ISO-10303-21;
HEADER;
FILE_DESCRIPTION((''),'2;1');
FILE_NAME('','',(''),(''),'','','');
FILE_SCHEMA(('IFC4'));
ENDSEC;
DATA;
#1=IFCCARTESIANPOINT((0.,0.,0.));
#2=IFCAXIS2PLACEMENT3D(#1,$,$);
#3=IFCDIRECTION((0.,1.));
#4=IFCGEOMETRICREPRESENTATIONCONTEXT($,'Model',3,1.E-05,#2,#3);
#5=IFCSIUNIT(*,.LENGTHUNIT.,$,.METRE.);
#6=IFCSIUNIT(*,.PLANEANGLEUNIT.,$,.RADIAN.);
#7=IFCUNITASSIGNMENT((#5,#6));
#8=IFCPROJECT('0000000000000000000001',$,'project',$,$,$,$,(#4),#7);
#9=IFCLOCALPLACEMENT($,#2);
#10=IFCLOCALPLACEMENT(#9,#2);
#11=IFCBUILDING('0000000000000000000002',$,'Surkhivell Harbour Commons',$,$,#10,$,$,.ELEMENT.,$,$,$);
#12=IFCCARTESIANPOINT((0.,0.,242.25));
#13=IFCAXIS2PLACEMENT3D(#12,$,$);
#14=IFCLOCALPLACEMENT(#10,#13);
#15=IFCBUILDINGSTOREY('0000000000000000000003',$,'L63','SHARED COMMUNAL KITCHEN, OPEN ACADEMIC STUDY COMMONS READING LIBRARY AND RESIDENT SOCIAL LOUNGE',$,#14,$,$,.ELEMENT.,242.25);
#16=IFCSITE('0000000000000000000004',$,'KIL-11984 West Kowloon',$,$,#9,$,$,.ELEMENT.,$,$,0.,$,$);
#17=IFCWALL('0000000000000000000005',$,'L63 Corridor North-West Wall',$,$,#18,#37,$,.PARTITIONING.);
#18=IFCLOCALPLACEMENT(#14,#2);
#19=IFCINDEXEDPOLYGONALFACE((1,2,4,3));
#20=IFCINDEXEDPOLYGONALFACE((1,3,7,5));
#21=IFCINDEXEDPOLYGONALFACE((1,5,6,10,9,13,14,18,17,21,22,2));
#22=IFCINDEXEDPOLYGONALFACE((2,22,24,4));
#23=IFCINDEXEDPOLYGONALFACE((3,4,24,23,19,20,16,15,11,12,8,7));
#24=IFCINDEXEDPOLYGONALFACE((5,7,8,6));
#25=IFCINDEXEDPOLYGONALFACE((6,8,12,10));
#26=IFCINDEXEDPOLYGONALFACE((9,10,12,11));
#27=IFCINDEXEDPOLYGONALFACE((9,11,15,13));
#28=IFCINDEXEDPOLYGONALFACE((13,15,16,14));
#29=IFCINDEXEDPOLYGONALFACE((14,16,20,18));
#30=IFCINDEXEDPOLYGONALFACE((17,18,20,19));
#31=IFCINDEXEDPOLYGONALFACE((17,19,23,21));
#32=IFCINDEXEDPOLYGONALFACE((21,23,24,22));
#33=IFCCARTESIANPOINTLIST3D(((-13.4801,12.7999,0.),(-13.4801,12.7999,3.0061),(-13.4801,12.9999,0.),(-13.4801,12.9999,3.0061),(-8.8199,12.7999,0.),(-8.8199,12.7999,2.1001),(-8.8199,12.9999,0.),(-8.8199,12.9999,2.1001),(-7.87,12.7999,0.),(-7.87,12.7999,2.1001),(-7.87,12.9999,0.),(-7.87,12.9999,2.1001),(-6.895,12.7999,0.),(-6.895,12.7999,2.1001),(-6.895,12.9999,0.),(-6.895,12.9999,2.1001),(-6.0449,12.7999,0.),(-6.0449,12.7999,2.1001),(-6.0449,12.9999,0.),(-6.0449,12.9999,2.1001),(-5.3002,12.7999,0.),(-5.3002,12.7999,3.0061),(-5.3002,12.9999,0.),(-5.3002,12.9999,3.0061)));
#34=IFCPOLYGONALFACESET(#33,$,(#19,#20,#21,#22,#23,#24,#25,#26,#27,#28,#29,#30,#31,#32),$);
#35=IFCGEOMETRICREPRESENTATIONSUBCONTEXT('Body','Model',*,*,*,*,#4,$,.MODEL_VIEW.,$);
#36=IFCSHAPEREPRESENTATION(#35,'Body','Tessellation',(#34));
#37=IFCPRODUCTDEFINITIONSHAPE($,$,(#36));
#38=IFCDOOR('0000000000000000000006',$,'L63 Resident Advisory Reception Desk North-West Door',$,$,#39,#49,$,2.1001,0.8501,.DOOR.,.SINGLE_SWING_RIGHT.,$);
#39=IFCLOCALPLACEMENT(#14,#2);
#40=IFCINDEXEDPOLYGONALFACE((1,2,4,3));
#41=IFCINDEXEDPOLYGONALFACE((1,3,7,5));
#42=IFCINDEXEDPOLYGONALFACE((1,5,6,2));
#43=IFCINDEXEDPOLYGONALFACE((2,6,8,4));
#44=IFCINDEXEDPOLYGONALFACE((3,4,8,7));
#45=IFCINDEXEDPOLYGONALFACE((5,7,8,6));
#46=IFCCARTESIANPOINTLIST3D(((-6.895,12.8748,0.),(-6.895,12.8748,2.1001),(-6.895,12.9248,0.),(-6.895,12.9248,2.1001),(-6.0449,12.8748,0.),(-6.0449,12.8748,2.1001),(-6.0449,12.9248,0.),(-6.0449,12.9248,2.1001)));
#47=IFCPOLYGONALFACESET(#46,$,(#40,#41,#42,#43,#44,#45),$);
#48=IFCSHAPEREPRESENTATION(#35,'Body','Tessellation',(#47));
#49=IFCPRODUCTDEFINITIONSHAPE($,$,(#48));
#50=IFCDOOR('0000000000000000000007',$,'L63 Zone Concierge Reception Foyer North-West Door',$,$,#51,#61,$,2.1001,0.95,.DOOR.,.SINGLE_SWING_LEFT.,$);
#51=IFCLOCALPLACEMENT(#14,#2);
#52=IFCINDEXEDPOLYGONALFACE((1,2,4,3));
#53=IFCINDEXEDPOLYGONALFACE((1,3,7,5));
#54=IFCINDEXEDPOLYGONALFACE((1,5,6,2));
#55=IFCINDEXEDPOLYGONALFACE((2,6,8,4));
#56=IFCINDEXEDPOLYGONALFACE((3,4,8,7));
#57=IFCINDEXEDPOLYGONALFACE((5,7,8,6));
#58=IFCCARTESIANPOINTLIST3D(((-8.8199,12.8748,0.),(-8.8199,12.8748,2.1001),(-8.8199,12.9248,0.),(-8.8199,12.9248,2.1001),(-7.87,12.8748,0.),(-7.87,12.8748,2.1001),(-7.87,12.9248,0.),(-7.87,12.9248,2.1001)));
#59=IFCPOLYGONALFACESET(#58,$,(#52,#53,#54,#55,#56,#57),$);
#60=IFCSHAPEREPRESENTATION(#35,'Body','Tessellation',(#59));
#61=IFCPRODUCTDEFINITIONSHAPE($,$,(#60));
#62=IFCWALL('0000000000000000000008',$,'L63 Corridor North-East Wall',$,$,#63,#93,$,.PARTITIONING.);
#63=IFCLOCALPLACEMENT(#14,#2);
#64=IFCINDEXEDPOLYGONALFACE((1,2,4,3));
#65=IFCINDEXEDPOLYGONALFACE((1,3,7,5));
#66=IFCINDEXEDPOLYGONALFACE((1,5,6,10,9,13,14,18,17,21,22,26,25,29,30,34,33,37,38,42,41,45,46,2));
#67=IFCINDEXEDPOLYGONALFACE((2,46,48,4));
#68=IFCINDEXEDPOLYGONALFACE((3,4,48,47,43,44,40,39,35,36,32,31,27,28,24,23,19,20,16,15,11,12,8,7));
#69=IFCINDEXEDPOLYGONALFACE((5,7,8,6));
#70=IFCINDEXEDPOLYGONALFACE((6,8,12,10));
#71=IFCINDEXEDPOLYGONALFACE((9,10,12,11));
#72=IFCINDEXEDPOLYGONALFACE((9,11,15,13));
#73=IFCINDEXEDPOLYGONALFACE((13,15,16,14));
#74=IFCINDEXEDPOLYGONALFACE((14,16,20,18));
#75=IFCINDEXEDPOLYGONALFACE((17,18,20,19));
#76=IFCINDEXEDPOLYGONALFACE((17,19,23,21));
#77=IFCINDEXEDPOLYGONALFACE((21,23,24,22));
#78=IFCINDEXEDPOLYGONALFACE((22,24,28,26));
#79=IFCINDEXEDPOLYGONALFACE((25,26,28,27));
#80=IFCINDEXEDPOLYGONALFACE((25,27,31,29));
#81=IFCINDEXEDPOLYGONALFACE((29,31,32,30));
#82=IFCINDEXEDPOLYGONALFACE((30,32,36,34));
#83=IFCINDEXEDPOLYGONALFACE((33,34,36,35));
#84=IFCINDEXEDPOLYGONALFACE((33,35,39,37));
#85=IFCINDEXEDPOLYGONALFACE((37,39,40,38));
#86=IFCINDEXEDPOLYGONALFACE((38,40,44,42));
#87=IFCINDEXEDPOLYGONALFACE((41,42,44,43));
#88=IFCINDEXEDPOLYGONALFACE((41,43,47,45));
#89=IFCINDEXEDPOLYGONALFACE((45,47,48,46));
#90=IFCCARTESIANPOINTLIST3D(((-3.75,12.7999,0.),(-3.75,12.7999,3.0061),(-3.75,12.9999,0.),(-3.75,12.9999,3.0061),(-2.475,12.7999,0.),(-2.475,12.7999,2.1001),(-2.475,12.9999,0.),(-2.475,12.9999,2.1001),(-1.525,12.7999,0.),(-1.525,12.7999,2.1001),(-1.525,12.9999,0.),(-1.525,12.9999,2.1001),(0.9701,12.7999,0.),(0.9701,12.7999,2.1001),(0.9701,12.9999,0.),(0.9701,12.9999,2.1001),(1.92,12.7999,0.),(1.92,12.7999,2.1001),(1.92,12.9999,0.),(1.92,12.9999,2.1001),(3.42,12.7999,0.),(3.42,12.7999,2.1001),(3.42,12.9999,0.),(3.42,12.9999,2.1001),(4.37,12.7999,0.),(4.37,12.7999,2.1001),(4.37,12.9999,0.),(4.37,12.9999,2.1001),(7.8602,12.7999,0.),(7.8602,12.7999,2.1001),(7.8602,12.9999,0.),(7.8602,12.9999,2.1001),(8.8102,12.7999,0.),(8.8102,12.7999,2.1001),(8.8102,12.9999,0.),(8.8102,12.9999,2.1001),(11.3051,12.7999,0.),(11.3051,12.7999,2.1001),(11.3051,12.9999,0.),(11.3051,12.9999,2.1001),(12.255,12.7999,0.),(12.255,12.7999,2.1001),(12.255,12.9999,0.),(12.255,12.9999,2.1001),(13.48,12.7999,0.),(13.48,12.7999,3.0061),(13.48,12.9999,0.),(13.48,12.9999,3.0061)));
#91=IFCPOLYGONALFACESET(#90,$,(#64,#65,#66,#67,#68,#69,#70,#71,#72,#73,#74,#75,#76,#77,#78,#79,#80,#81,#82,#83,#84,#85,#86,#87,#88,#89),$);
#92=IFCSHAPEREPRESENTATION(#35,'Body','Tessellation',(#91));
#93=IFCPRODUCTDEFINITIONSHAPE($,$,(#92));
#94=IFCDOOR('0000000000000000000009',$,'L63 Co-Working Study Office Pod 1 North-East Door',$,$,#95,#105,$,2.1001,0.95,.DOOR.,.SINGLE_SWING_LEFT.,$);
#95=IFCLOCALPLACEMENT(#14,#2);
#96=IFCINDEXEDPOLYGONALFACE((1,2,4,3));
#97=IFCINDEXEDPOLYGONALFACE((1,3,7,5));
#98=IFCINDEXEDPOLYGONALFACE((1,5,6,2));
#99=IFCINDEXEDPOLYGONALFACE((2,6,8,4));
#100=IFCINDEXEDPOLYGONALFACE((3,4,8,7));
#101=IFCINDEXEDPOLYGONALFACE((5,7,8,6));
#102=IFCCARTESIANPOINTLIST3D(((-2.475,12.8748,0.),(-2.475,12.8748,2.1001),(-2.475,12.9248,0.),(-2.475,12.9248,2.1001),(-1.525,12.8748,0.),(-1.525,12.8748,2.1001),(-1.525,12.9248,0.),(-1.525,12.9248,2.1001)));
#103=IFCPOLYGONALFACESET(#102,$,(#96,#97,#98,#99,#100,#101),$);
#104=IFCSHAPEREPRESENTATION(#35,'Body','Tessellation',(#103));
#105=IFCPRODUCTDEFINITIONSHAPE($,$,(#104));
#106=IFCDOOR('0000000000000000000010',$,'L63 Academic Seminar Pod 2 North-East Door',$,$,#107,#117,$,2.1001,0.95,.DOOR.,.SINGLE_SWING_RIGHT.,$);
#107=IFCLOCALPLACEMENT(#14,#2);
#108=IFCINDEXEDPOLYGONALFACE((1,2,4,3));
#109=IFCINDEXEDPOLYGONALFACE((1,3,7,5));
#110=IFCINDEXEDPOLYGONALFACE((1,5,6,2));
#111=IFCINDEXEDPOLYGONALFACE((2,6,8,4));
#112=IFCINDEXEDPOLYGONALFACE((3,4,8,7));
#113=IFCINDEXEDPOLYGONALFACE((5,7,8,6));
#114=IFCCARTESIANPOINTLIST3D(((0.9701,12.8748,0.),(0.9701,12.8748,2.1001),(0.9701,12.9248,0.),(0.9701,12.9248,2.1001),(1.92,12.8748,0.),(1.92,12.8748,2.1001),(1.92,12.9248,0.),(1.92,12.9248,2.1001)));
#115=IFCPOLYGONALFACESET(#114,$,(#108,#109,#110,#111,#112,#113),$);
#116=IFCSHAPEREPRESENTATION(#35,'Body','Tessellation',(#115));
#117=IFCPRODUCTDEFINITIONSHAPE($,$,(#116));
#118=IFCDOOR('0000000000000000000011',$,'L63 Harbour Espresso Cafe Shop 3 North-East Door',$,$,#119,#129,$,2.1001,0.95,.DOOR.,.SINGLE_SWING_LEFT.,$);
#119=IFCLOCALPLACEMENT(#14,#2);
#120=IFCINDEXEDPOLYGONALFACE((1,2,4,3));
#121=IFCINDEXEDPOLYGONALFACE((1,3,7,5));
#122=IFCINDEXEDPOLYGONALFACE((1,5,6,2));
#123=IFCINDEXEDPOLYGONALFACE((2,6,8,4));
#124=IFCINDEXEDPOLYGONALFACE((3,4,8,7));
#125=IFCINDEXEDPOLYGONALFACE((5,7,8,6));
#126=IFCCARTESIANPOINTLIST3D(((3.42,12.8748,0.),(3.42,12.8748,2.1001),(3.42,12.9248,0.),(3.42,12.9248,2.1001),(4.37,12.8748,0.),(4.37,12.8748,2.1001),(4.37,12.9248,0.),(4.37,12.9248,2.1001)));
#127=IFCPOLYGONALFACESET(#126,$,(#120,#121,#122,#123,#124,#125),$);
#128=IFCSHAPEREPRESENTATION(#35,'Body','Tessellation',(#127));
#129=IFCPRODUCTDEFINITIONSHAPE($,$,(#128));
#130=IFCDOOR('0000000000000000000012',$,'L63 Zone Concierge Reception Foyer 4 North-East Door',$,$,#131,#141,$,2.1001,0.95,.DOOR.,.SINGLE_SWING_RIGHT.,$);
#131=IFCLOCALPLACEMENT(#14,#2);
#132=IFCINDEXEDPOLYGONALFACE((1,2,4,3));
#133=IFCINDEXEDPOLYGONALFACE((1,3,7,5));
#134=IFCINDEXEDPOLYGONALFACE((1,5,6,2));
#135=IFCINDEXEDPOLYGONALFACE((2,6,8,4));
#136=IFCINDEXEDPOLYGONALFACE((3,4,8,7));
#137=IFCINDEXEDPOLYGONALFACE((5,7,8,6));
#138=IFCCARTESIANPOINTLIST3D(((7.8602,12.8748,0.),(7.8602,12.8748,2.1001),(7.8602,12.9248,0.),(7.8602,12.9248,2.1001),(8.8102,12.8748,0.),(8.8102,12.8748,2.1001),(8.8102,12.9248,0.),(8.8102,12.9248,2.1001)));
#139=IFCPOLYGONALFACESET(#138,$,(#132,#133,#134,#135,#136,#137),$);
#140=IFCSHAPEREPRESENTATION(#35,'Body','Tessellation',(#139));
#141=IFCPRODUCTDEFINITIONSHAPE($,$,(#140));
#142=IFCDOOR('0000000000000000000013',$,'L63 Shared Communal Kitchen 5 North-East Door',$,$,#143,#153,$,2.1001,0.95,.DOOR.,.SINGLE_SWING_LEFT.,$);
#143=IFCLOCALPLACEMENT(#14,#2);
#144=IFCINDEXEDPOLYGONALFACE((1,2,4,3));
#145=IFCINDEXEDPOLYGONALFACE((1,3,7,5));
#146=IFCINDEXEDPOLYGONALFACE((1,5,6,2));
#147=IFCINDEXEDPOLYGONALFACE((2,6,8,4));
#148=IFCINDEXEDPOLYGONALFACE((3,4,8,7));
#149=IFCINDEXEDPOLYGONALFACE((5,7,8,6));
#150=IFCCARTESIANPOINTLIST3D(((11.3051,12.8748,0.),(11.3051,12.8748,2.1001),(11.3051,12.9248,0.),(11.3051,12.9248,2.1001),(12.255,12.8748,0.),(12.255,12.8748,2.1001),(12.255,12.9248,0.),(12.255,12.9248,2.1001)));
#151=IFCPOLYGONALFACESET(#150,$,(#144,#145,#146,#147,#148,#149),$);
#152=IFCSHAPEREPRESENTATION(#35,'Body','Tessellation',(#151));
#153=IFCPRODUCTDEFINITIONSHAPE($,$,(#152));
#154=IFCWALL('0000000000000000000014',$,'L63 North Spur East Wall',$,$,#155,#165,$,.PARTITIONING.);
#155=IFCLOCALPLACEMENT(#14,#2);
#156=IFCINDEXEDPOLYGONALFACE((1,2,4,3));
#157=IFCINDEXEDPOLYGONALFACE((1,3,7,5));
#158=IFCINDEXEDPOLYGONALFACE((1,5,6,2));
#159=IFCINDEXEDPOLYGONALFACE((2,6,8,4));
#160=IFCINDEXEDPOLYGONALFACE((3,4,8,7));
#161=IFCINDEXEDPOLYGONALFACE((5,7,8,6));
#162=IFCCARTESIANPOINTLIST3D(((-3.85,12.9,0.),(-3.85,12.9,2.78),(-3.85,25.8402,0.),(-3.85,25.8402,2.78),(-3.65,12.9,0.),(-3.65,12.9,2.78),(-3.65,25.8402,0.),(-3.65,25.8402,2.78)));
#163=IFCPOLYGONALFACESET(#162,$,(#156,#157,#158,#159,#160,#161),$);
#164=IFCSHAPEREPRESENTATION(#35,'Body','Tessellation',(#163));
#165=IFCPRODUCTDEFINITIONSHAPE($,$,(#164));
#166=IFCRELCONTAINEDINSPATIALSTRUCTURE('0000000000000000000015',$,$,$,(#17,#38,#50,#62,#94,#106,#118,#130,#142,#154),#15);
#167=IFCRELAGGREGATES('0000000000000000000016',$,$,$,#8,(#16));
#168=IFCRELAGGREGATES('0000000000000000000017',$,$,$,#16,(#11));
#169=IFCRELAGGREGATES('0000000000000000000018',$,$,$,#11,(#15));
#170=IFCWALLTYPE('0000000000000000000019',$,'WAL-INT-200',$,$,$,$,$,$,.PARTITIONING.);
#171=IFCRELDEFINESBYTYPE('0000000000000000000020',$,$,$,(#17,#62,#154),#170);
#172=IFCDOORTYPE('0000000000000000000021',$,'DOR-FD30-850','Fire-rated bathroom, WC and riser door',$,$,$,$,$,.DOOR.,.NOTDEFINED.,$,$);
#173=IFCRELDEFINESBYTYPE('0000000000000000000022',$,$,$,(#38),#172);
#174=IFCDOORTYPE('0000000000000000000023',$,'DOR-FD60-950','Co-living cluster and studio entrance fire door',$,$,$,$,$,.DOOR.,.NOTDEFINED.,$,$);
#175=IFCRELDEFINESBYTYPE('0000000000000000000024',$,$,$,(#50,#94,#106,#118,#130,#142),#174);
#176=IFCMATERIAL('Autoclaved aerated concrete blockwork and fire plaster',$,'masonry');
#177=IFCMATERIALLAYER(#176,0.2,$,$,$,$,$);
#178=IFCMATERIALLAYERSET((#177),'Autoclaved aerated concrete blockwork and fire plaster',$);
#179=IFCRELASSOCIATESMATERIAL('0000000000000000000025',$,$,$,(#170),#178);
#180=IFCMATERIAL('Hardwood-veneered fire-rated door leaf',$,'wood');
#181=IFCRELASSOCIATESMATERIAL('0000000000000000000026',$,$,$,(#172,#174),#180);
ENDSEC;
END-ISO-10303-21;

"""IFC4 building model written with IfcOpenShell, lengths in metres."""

from ifc_helpers import new_model, si_unit, direction, frame, frame_2d, origin, place, context, subcontext, project, spatial, rectangle, extrude, material, layer, layer_set, type_object, element, fill, save


model = new_model("IFC4")

# Units and contexts
model_context = context("Model", 3, precision=1e-05, world=origin(), true_north=direction((0.0, 1.0)))
body_context = subcontext(model_context, "Body", "Model", "MODEL_VIEW")
ifc_project = project(units=[si_unit("LENGTHUNIT", "METRE"), si_unit("PLANEANGLEUNIT", "RADIAN")], contexts=[model_context])

# Site, building, storey
site_placement = place(None, origin())
site = spatial("IfcSite", under=ifc_project, at=site_placement, Name="KIL-11984 West Kowloon", CompositionType="ELEMENT", RefElevation=0.0)
building_placement = place(site_placement, origin())
building = spatial("IfcBuilding", under=site, at=building_placement, Name="Surkhivell Harbour Commons", CompositionType="ELEMENT")
storey_placement = place(building_placement, frame((0.0, 0.0, 242.25)))
storey = spatial("IfcBuildingStorey", under=building, at=storey_placement, Name="L63", Description="SHARED COMMUNAL KITCHEN, OPEN ACADEMIC STUDY COMMONS READING LIBRARY AND RESIDENT SOCIAL LOUNGE", CompositionType="ELEMENT", Elevation=242.25)

# Shared definitions
ifc_material_1 = material(Name="Hardwood-veneered fire-rated door leaf", Category="wood")

# Walls, openings, doors
ifc_material_2 = material(Name="Autoclaved aerated concrete blockwork and fire plaster", Category="masonry")
ifc_layer_1 = layer(ifc_material_2, 0.2)
ifc_layer_set_1 = layer_set([ifc_layer_1], Name="Autoclaved aerated concrete blockwork and fire plaster")
wall_type_1 = type_object("IfcWallType", Name="WAL-INT-200", PredefinedType="PARTITIONING", material=ifc_layer_set_1)
wall_1_placement = place(storey_placement, frame((-13.48, 12.8999, 0.0), z_axis=(0.0, 0.0, 1.0), x_axis=(1.0, 0.0, 0.0)))
wall_1 = element("IfcWall", 1, at=wall_1_placement, inside=storey, type_object=wall_type_1, Name="L63 Corridor North-West Wall", PredefinedType="PARTITIONING", context=body_context, shape_type="SweptSolid", body=[
    extrude(rectangle(XDim=8.1799, YDim=0.2, at=frame_2d((4.0898, 0.0))), origin(), (0.0, 0.0, 1.0), 3.0061),
])
opening_1_placement = place(wall_1_placement, frame((4.6599, 0.0, 0.0)))
opening_1 = element("IfcOpeningElement", 2, at=opening_1_placement, cuts=wall_1, PredefinedType="OPENING", context=body_context, shape_type="SweptSolid", body=[
    extrude(rectangle(XDim=0.95, YDim=2.1001, at=frame_2d((0.4751, 1.05))), frame((0.0, 0.1099, 0.0), z_axis=(0.0, -1.0, 0.0), x_axis=(1.0, 0.0, 0.0)), (0.0, 0.0, 1.0), 0.22),
])
opening_2_placement = place(wall_1_placement, frame((6.585, 0.0, 0.0)))
opening_2 = element("IfcOpeningElement", 3, at=opening_2_placement, cuts=wall_1, PredefinedType="OPENING", context=body_context, shape_type="SweptSolid", body=[
    extrude(rectangle(XDim=0.8501, YDim=2.1001, at=frame_2d((0.425, 1.05))), frame((0.0, 0.1099, 0.0), z_axis=(0.0, -1.0, 0.0), x_axis=(1.0, 0.0, 0.0)), (0.0, 0.0, 1.0), 0.22),
])
door_type_1 = type_object("IfcDoorType", Name="DOR-FD30-850", Description="Fire-rated bathroom, WC and riser door", OperationType="NOTDEFINED", PredefinedType="DOOR", material=ifc_material_1)
door_1_placement = place(opening_2_placement, origin())
door_1 = element("IfcDoor", 4, at=door_1_placement, inside=storey, type_object=door_type_1, Name="L63 Resident Advisory Reception Desk North-West Door", OperationType="SINGLE_SWING_RIGHT", OverallHeight=2.1001, OverallWidth=0.8501, PredefinedType="DOOR", context=body_context, shape_type="SweptSolid", body=[
    extrude(rectangle(XDim=0.8501, YDim=2.1001, at=frame_2d((0.425, 1.05))), frame((0.0, 0.0249, 0.0), z_axis=(0.0, -1.0, 0.0), x_axis=(1.0, 0.0, 0.0)), (0.0, 0.0, 1.0), 0.05),
])
fill(opening_2, door_1)
door_type_2 = type_object("IfcDoorType", Name="DOR-FD60-950", Description="Co-living cluster and studio entrance fire door", OperationType="NOTDEFINED", PredefinedType="DOOR", material=ifc_material_1)
door_2_placement = place(opening_1_placement, origin())
door_2 = element("IfcDoor", 5, at=door_2_placement, inside=storey, type_object=door_type_2, Name="L63 Zone Concierge Reception Foyer North-West Door", OperationType="SINGLE_SWING_LEFT", OverallHeight=2.1001, OverallWidth=0.95, PredefinedType="DOOR", context=body_context, shape_type="SweptSolid", body=[
    extrude(rectangle(XDim=0.95, YDim=2.1001, at=frame_2d((0.4751, 1.05))), frame((0.0, 0.0249, 0.0), z_axis=(0.0, -1.0, 0.0), x_axis=(1.0, 0.0, 0.0)), (0.0, 0.0, 1.0), 0.05),
])
fill(opening_1, door_2)
wall_2_placement = place(storey_placement, frame((-3.75, 12.8999, 0.0), z_axis=(0.0, 0.0, 1.0), x_axis=(1.0, 0.0, 0.0)))
wall_2 = element("IfcWall", 6, at=wall_2_placement, inside=storey, type_object=wall_type_1, Name="L63 Corridor North-East Wall", PredefinedType="PARTITIONING", context=body_context, shape_type="SweptSolid", body=[
    extrude(rectangle(XDim=17.23, YDim=0.2, at=frame_2d((8.615, 0.0))), origin(), (0.0, 0.0, 1.0), 3.0061),
])
opening_3_placement = place(wall_2_placement, frame((1.2749, 0.0, 0.0)))
opening_3 = element("IfcOpeningElement", 7, at=opening_3_placement, cuts=wall_2, PredefinedType="OPENING", context=body_context, shape_type="SweptSolid", body=[
    extrude(rectangle(XDim=0.95, YDim=2.1001, at=frame_2d((0.4751, 1.05))), frame((0.0, 0.1099, 0.0), z_axis=(0.0, -1.0, 0.0), x_axis=(1.0, 0.0, 0.0)), (0.0, 0.0, 1.0), 0.22),
])
opening_4_placement = place(wall_2_placement, frame((4.72, 0.0, 0.0)))
opening_4 = element("IfcOpeningElement", 8, at=opening_4_placement, cuts=wall_2, PredefinedType="OPENING", context=body_context, shape_type="SweptSolid", body=[
    extrude(rectangle(XDim=0.95, YDim=2.1001, at=frame_2d((0.4751, 1.05))), frame((0.0, 0.1099, 0.0), z_axis=(0.0, -1.0, 0.0), x_axis=(1.0, 0.0, 0.0)), (0.0, 0.0, 1.0), 0.22),
])
opening_5_placement = place(wall_2_placement, frame((7.1699, 0.0, 0.0)))
opening_5 = element("IfcOpeningElement", 9, at=opening_5_placement, cuts=wall_2, PredefinedType="OPENING", context=body_context, shape_type="SweptSolid", body=[
    extrude(rectangle(XDim=0.95, YDim=2.1001, at=frame_2d((0.4751, 1.05))), frame((0.0, 0.1099, 0.0), z_axis=(0.0, -1.0, 0.0), x_axis=(1.0, 0.0, 0.0)), (0.0, 0.0, 1.0), 0.22),
])
opening_6_placement = place(wall_2_placement, frame((11.6101, 0.0, 0.0)))
opening_6 = element("IfcOpeningElement", 10, at=opening_6_placement, cuts=wall_2, PredefinedType="OPENING", context=body_context, shape_type="SweptSolid", body=[
    extrude(rectangle(XDim=0.95, YDim=2.1001, at=frame_2d((0.4751, 1.05))), frame((0.0, 0.1099, 0.0), z_axis=(0.0, -1.0, 0.0), x_axis=(1.0, 0.0, 0.0)), (0.0, 0.0, 1.0), 0.22),
])
opening_7_placement = place(wall_2_placement, frame((15.0549, 0.0, 0.0)))
opening_7 = element("IfcOpeningElement", 11, at=opening_7_placement, cuts=wall_2, PredefinedType="OPENING", context=body_context, shape_type="SweptSolid", body=[
    extrude(rectangle(XDim=0.95, YDim=2.1001, at=frame_2d((0.4751, 1.05))), frame((0.0, 0.1099, 0.0), z_axis=(0.0, -1.0, 0.0), x_axis=(1.0, 0.0, 0.0)), (0.0, 0.0, 1.0), 0.22),
])
door_3_placement = place(opening_3_placement, origin())
door_3 = element("IfcDoor", 12, at=door_3_placement, inside=storey, type_object=door_type_2, Name="L63 Co-Working Study Office Pod 1 North-East Door", OperationType="SINGLE_SWING_LEFT", OverallHeight=2.1001, OverallWidth=0.95, PredefinedType="DOOR", context=body_context, shape_type="SweptSolid", body=[
    extrude(rectangle(XDim=0.95, YDim=2.1001, at=frame_2d((0.4751, 1.05))), frame((0.0, 0.0249, 0.0), z_axis=(0.0, -1.0, 0.0), x_axis=(1.0, 0.0, 0.0)), (0.0, 0.0, 1.0), 0.05),
])
fill(opening_3, door_3)
door_4_placement = place(opening_4_placement, origin())
door_4 = element("IfcDoor", 13, at=door_4_placement, inside=storey, type_object=door_type_2, Name="L63 Academic Seminar Pod 2 North-East Door", OperationType="SINGLE_SWING_RIGHT", OverallHeight=2.1001, OverallWidth=0.95, PredefinedType="DOOR", context=body_context, shape_type="SweptSolid", body=[
    extrude(rectangle(XDim=0.95, YDim=2.1001, at=frame_2d((0.4751, 1.05))), frame((0.0, 0.0249, 0.0), z_axis=(0.0, -1.0, 0.0), x_axis=(1.0, 0.0, 0.0)), (0.0, 0.0, 1.0), 0.05),
])
fill(opening_4, door_4)
door_5_placement = place(opening_5_placement, origin())
door_5 = element("IfcDoor", 14, at=door_5_placement, inside=storey, type_object=door_type_2, Name="L63 Harbour Espresso Cafe Shop 3 North-East Door", OperationType="SINGLE_SWING_LEFT", OverallHeight=2.1001, OverallWidth=0.95, PredefinedType="DOOR", context=body_context, shape_type="SweptSolid", body=[
    extrude(rectangle(XDim=0.95, YDim=2.1001, at=frame_2d((0.4751, 1.05))), frame((0.0, 0.0249, 0.0), z_axis=(0.0, -1.0, 0.0), x_axis=(1.0, 0.0, 0.0)), (0.0, 0.0, 1.0), 0.05),
])
fill(opening_5, door_5)
door_6_placement = place(opening_6_placement, origin())
door_6 = element("IfcDoor", 15, at=door_6_placement, inside=storey, type_object=door_type_2, Name="L63 Zone Concierge Reception Foyer 4 North-East Door", OperationType="SINGLE_SWING_RIGHT", OverallHeight=2.1001, OverallWidth=0.95, PredefinedType="DOOR", context=body_context, shape_type="SweptSolid", body=[
    extrude(rectangle(XDim=0.95, YDim=2.1001, at=frame_2d((0.4751, 1.05))), frame((0.0, 0.0249, 0.0), z_axis=(0.0, -1.0, 0.0), x_axis=(1.0, 0.0, 0.0)), (0.0, 0.0, 1.0), 0.05),
])
fill(opening_6, door_6)
door_7_placement = place(opening_7_placement, origin())
door_7 = element("IfcDoor", 16, at=door_7_placement, inside=storey, type_object=door_type_2, Name="L63 Shared Communal Kitchen 5 North-East Door", OperationType="SINGLE_SWING_LEFT", OverallHeight=2.1001, OverallWidth=0.95, PredefinedType="DOOR", context=body_context, shape_type="SweptSolid", body=[
    extrude(rectangle(XDim=0.95, YDim=2.1001, at=frame_2d((0.4751, 1.05))), frame((0.0, 0.0249, 0.0), z_axis=(0.0, -1.0, 0.0), x_axis=(1.0, 0.0, 0.0)), (0.0, 0.0, 1.0), 0.05),
])
fill(opening_7, door_7)

# Wall
for number, where, z_axis, x_axis, name in (
    (17, (-3.75, 12.8999, 0.0), (0.0, 0.0, 1.0), (0.0, 1.0, 0.0), "L63 North Spur East Wall"),
):
    element("IfcWall", number, at=place(storey_placement, frame(where, z_axis=z_axis, x_axis=x_axis)), inside=storey, type_object=wall_type_1, Name=name, PredefinedType="PARTITIONING", context=body_context, shape_type="SweptSolid", body=[
        extrude(rectangle(XDim=12.9402, YDim=0.2, at=frame_2d((6.4702, 0.0))), origin(), (0.0, 0.0, 1.0), 2.78),
    ])

save(model, "model.ifc")
